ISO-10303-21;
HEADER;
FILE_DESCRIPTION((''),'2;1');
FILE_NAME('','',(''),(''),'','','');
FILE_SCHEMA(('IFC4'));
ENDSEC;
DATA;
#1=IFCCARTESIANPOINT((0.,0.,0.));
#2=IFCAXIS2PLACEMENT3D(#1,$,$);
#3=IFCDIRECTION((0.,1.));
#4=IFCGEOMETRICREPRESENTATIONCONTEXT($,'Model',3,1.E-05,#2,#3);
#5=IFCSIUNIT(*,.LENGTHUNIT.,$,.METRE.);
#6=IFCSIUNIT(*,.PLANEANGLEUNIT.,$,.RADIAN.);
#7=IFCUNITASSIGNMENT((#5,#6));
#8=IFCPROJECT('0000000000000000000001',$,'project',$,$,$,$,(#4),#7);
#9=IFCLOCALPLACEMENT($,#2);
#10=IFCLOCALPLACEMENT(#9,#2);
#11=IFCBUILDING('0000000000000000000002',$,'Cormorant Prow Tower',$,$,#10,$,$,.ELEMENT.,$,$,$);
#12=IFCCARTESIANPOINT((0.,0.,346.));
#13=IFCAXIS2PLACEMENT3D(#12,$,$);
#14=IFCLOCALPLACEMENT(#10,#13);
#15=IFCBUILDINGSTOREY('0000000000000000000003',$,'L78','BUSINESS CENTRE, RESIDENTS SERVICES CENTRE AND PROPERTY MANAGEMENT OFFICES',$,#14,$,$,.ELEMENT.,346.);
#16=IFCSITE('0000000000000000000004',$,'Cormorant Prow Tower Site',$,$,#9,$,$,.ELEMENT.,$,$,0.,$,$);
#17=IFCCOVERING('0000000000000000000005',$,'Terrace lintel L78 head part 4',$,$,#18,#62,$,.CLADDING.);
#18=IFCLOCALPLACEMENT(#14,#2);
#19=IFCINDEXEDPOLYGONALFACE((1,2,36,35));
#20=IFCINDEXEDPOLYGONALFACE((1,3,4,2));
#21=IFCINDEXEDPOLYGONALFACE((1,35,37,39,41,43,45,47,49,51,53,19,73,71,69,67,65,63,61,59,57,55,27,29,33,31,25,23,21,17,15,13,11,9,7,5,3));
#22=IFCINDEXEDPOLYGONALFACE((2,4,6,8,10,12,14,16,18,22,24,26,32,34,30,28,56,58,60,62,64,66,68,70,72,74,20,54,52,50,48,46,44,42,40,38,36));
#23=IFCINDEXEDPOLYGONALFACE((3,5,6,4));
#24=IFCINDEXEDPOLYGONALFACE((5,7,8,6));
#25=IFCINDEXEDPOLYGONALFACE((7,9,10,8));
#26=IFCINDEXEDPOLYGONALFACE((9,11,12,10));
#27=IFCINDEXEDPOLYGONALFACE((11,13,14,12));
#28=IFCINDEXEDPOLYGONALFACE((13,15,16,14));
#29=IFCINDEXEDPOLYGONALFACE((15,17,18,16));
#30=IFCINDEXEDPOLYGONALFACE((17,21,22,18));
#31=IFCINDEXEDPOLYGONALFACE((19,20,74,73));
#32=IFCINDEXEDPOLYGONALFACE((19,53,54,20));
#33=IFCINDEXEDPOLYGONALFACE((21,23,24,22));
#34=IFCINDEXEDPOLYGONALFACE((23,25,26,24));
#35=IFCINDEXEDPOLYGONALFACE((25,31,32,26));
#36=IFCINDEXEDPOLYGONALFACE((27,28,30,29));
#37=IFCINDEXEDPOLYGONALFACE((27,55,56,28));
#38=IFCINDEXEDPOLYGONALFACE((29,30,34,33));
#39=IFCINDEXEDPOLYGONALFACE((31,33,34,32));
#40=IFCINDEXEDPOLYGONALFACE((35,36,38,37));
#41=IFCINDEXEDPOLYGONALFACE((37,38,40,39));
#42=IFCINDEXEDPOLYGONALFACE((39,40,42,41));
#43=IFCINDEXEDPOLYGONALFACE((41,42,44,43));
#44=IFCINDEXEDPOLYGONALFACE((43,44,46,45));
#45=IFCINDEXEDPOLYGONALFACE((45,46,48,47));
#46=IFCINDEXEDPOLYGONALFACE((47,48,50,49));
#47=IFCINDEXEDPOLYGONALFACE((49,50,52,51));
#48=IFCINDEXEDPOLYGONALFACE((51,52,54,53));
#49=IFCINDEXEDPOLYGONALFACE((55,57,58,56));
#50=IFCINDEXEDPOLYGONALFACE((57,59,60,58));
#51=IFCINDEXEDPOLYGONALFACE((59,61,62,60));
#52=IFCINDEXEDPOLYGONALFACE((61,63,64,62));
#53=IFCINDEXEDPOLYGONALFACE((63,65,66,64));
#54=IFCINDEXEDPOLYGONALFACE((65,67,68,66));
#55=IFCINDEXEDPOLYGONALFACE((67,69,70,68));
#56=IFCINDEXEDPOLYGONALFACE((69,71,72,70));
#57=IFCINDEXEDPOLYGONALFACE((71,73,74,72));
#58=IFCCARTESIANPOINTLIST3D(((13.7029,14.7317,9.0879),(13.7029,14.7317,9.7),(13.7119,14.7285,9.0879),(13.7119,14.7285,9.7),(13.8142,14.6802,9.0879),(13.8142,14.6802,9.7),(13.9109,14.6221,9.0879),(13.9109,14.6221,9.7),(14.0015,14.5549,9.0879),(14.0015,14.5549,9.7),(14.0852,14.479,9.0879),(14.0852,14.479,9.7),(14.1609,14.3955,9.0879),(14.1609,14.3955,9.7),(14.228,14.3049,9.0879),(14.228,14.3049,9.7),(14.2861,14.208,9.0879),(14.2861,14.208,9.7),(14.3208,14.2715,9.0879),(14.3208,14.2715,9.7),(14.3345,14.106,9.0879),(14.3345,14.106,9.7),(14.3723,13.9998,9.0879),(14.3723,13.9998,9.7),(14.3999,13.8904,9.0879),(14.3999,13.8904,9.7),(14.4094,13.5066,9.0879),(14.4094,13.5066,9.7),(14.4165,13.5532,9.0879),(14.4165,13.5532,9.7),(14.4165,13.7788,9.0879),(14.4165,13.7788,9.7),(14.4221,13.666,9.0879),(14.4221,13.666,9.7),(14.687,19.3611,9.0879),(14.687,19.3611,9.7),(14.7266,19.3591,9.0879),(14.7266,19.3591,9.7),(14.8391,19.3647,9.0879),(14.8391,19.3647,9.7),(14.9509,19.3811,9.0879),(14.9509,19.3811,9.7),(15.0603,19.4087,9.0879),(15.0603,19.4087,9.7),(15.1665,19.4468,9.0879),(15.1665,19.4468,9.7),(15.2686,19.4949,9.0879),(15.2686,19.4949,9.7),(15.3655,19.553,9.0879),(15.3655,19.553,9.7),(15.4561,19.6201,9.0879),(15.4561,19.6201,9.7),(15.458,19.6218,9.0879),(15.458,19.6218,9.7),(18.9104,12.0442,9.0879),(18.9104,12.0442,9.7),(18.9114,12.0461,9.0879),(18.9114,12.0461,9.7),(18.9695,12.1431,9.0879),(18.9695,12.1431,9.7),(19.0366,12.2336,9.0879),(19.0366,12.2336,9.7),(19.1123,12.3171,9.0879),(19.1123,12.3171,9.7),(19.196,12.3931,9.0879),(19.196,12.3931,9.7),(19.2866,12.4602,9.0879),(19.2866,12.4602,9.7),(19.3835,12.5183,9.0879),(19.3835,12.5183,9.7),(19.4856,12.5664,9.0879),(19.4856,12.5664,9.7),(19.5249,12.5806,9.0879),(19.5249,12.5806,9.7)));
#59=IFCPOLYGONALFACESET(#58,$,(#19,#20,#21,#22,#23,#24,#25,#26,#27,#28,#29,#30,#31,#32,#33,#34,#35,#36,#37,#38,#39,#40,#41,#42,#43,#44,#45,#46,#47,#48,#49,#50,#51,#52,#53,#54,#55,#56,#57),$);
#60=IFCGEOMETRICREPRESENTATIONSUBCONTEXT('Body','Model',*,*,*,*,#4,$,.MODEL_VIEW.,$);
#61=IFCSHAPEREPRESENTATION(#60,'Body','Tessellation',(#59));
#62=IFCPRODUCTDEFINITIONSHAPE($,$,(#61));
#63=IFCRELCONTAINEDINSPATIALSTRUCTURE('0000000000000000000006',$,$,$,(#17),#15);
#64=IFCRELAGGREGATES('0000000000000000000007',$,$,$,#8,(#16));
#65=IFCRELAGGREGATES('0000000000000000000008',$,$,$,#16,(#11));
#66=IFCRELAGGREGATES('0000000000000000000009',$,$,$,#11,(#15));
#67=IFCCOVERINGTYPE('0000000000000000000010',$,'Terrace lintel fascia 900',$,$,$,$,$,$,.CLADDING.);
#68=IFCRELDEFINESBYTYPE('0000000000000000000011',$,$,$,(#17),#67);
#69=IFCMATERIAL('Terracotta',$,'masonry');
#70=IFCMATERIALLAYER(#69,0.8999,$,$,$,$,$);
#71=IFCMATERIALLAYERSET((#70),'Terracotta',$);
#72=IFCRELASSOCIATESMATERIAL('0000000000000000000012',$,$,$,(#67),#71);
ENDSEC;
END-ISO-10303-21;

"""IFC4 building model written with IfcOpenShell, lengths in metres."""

from ifc_helpers import new_model, si_unit, direction, frame, origin, place, context, subcontext, project, spatial, polyline, outline, extrude, material, layer, layer_set, type_object, element, save


model = new_model("IFC4")

# Units and contexts
model_context = context("Model", 3, precision=1e-05, world=origin(), true_north=direction((0.0, 1.0)))
body_context = subcontext(model_context, "Body", "Model", "MODEL_VIEW")
ifc_project = project(units=[si_unit("LENGTHUNIT", "METRE"), si_unit("PLANEANGLEUNIT", "RADIAN")], contexts=[model_context])

# Site, building, storey
site_placement = place(None, origin())
site = spatial("IfcSite", under=ifc_project, at=site_placement, Name="Cormorant Prow Tower Site", CompositionType="ELEMENT", RefElevation=0.0)
building_placement = place(site_placement, origin())
building = spatial("IfcBuilding", under=site, at=building_placement, Name="Cormorant Prow Tower", CompositionType="ELEMENT")
storey_placement = place(building_placement, frame((0.0, 0.0, 346.0)))
storey = spatial("IfcBuildingStorey", under=building, at=storey_placement, Name="L78", Description="BUSINESS CENTRE, RESIDENTS SERVICES CENTRE AND PROPERTY MANAGEMENT OFFICES", CompositionType="ELEMENT", Elevation=346.0)

# Covering
ifc_material_1 = material(Name="Terracotta", Category="masonry")
ifc_layer_1 = layer(ifc_material_1, 0.8999)
ifc_layer_set_1 = layer_set([ifc_layer_1], Name="Terracotta")
covering_type = type_object("IfcCoveringType", Name="Terrace lintel fascia 900", PredefinedType="CLADDING", material=ifc_layer_set_1)
covering_1_placement = place(storey_placement, frame((0.0, 0.0, 9.0879)))
element("IfcCovering", 1, at=covering_1_placement, inside=storey, type_object=covering_type, Name="Terrace lintel L78 head part 4", PredefinedType="CLADDING", context=body_context, shape_type="SweptSolid", body=[
    extrude(outline(polyline([(14.4165, 13.5532), (14.4221, 13.666), (14.4165, 13.7788), (14.3999, 13.8904), (14.3723, 13.9998), (14.3345, 14.106), (14.2861, 14.208), (14.228, 14.3049), (14.1609, 14.3955), (14.0852, 14.479), (14.0015, 14.5549), (13.9109, 14.6221), (13.8142, 14.6802), (13.7119, 14.7285), (13.7029, 14.7317), (14.687, 19.3611), (14.7266, 19.3591), (14.8391, 19.3647), (14.9509, 19.3811), (15.0603, 19.4087), (15.1665, 19.4468), (15.2686, 19.4949), (15.3655, 19.553), (15.4561, 19.6201), (15.458, 19.6218), (14.3208, 14.2715), (19.5249, 12.5806), (19.4856, 12.5664), (19.3835, 12.5183), (19.2866, 12.4602), (19.196, 12.3931), (19.1123, 12.3171), (19.0366, 12.2336), (18.9695, 12.1431), (18.9114, 12.0461), (18.9104, 12.0442), (14.4094, 13.5066), (14.4165, 13.5532)])), origin(), (0.0, 0.0, 1.0), 0.6121),
])

save(model, "model.ifc")
